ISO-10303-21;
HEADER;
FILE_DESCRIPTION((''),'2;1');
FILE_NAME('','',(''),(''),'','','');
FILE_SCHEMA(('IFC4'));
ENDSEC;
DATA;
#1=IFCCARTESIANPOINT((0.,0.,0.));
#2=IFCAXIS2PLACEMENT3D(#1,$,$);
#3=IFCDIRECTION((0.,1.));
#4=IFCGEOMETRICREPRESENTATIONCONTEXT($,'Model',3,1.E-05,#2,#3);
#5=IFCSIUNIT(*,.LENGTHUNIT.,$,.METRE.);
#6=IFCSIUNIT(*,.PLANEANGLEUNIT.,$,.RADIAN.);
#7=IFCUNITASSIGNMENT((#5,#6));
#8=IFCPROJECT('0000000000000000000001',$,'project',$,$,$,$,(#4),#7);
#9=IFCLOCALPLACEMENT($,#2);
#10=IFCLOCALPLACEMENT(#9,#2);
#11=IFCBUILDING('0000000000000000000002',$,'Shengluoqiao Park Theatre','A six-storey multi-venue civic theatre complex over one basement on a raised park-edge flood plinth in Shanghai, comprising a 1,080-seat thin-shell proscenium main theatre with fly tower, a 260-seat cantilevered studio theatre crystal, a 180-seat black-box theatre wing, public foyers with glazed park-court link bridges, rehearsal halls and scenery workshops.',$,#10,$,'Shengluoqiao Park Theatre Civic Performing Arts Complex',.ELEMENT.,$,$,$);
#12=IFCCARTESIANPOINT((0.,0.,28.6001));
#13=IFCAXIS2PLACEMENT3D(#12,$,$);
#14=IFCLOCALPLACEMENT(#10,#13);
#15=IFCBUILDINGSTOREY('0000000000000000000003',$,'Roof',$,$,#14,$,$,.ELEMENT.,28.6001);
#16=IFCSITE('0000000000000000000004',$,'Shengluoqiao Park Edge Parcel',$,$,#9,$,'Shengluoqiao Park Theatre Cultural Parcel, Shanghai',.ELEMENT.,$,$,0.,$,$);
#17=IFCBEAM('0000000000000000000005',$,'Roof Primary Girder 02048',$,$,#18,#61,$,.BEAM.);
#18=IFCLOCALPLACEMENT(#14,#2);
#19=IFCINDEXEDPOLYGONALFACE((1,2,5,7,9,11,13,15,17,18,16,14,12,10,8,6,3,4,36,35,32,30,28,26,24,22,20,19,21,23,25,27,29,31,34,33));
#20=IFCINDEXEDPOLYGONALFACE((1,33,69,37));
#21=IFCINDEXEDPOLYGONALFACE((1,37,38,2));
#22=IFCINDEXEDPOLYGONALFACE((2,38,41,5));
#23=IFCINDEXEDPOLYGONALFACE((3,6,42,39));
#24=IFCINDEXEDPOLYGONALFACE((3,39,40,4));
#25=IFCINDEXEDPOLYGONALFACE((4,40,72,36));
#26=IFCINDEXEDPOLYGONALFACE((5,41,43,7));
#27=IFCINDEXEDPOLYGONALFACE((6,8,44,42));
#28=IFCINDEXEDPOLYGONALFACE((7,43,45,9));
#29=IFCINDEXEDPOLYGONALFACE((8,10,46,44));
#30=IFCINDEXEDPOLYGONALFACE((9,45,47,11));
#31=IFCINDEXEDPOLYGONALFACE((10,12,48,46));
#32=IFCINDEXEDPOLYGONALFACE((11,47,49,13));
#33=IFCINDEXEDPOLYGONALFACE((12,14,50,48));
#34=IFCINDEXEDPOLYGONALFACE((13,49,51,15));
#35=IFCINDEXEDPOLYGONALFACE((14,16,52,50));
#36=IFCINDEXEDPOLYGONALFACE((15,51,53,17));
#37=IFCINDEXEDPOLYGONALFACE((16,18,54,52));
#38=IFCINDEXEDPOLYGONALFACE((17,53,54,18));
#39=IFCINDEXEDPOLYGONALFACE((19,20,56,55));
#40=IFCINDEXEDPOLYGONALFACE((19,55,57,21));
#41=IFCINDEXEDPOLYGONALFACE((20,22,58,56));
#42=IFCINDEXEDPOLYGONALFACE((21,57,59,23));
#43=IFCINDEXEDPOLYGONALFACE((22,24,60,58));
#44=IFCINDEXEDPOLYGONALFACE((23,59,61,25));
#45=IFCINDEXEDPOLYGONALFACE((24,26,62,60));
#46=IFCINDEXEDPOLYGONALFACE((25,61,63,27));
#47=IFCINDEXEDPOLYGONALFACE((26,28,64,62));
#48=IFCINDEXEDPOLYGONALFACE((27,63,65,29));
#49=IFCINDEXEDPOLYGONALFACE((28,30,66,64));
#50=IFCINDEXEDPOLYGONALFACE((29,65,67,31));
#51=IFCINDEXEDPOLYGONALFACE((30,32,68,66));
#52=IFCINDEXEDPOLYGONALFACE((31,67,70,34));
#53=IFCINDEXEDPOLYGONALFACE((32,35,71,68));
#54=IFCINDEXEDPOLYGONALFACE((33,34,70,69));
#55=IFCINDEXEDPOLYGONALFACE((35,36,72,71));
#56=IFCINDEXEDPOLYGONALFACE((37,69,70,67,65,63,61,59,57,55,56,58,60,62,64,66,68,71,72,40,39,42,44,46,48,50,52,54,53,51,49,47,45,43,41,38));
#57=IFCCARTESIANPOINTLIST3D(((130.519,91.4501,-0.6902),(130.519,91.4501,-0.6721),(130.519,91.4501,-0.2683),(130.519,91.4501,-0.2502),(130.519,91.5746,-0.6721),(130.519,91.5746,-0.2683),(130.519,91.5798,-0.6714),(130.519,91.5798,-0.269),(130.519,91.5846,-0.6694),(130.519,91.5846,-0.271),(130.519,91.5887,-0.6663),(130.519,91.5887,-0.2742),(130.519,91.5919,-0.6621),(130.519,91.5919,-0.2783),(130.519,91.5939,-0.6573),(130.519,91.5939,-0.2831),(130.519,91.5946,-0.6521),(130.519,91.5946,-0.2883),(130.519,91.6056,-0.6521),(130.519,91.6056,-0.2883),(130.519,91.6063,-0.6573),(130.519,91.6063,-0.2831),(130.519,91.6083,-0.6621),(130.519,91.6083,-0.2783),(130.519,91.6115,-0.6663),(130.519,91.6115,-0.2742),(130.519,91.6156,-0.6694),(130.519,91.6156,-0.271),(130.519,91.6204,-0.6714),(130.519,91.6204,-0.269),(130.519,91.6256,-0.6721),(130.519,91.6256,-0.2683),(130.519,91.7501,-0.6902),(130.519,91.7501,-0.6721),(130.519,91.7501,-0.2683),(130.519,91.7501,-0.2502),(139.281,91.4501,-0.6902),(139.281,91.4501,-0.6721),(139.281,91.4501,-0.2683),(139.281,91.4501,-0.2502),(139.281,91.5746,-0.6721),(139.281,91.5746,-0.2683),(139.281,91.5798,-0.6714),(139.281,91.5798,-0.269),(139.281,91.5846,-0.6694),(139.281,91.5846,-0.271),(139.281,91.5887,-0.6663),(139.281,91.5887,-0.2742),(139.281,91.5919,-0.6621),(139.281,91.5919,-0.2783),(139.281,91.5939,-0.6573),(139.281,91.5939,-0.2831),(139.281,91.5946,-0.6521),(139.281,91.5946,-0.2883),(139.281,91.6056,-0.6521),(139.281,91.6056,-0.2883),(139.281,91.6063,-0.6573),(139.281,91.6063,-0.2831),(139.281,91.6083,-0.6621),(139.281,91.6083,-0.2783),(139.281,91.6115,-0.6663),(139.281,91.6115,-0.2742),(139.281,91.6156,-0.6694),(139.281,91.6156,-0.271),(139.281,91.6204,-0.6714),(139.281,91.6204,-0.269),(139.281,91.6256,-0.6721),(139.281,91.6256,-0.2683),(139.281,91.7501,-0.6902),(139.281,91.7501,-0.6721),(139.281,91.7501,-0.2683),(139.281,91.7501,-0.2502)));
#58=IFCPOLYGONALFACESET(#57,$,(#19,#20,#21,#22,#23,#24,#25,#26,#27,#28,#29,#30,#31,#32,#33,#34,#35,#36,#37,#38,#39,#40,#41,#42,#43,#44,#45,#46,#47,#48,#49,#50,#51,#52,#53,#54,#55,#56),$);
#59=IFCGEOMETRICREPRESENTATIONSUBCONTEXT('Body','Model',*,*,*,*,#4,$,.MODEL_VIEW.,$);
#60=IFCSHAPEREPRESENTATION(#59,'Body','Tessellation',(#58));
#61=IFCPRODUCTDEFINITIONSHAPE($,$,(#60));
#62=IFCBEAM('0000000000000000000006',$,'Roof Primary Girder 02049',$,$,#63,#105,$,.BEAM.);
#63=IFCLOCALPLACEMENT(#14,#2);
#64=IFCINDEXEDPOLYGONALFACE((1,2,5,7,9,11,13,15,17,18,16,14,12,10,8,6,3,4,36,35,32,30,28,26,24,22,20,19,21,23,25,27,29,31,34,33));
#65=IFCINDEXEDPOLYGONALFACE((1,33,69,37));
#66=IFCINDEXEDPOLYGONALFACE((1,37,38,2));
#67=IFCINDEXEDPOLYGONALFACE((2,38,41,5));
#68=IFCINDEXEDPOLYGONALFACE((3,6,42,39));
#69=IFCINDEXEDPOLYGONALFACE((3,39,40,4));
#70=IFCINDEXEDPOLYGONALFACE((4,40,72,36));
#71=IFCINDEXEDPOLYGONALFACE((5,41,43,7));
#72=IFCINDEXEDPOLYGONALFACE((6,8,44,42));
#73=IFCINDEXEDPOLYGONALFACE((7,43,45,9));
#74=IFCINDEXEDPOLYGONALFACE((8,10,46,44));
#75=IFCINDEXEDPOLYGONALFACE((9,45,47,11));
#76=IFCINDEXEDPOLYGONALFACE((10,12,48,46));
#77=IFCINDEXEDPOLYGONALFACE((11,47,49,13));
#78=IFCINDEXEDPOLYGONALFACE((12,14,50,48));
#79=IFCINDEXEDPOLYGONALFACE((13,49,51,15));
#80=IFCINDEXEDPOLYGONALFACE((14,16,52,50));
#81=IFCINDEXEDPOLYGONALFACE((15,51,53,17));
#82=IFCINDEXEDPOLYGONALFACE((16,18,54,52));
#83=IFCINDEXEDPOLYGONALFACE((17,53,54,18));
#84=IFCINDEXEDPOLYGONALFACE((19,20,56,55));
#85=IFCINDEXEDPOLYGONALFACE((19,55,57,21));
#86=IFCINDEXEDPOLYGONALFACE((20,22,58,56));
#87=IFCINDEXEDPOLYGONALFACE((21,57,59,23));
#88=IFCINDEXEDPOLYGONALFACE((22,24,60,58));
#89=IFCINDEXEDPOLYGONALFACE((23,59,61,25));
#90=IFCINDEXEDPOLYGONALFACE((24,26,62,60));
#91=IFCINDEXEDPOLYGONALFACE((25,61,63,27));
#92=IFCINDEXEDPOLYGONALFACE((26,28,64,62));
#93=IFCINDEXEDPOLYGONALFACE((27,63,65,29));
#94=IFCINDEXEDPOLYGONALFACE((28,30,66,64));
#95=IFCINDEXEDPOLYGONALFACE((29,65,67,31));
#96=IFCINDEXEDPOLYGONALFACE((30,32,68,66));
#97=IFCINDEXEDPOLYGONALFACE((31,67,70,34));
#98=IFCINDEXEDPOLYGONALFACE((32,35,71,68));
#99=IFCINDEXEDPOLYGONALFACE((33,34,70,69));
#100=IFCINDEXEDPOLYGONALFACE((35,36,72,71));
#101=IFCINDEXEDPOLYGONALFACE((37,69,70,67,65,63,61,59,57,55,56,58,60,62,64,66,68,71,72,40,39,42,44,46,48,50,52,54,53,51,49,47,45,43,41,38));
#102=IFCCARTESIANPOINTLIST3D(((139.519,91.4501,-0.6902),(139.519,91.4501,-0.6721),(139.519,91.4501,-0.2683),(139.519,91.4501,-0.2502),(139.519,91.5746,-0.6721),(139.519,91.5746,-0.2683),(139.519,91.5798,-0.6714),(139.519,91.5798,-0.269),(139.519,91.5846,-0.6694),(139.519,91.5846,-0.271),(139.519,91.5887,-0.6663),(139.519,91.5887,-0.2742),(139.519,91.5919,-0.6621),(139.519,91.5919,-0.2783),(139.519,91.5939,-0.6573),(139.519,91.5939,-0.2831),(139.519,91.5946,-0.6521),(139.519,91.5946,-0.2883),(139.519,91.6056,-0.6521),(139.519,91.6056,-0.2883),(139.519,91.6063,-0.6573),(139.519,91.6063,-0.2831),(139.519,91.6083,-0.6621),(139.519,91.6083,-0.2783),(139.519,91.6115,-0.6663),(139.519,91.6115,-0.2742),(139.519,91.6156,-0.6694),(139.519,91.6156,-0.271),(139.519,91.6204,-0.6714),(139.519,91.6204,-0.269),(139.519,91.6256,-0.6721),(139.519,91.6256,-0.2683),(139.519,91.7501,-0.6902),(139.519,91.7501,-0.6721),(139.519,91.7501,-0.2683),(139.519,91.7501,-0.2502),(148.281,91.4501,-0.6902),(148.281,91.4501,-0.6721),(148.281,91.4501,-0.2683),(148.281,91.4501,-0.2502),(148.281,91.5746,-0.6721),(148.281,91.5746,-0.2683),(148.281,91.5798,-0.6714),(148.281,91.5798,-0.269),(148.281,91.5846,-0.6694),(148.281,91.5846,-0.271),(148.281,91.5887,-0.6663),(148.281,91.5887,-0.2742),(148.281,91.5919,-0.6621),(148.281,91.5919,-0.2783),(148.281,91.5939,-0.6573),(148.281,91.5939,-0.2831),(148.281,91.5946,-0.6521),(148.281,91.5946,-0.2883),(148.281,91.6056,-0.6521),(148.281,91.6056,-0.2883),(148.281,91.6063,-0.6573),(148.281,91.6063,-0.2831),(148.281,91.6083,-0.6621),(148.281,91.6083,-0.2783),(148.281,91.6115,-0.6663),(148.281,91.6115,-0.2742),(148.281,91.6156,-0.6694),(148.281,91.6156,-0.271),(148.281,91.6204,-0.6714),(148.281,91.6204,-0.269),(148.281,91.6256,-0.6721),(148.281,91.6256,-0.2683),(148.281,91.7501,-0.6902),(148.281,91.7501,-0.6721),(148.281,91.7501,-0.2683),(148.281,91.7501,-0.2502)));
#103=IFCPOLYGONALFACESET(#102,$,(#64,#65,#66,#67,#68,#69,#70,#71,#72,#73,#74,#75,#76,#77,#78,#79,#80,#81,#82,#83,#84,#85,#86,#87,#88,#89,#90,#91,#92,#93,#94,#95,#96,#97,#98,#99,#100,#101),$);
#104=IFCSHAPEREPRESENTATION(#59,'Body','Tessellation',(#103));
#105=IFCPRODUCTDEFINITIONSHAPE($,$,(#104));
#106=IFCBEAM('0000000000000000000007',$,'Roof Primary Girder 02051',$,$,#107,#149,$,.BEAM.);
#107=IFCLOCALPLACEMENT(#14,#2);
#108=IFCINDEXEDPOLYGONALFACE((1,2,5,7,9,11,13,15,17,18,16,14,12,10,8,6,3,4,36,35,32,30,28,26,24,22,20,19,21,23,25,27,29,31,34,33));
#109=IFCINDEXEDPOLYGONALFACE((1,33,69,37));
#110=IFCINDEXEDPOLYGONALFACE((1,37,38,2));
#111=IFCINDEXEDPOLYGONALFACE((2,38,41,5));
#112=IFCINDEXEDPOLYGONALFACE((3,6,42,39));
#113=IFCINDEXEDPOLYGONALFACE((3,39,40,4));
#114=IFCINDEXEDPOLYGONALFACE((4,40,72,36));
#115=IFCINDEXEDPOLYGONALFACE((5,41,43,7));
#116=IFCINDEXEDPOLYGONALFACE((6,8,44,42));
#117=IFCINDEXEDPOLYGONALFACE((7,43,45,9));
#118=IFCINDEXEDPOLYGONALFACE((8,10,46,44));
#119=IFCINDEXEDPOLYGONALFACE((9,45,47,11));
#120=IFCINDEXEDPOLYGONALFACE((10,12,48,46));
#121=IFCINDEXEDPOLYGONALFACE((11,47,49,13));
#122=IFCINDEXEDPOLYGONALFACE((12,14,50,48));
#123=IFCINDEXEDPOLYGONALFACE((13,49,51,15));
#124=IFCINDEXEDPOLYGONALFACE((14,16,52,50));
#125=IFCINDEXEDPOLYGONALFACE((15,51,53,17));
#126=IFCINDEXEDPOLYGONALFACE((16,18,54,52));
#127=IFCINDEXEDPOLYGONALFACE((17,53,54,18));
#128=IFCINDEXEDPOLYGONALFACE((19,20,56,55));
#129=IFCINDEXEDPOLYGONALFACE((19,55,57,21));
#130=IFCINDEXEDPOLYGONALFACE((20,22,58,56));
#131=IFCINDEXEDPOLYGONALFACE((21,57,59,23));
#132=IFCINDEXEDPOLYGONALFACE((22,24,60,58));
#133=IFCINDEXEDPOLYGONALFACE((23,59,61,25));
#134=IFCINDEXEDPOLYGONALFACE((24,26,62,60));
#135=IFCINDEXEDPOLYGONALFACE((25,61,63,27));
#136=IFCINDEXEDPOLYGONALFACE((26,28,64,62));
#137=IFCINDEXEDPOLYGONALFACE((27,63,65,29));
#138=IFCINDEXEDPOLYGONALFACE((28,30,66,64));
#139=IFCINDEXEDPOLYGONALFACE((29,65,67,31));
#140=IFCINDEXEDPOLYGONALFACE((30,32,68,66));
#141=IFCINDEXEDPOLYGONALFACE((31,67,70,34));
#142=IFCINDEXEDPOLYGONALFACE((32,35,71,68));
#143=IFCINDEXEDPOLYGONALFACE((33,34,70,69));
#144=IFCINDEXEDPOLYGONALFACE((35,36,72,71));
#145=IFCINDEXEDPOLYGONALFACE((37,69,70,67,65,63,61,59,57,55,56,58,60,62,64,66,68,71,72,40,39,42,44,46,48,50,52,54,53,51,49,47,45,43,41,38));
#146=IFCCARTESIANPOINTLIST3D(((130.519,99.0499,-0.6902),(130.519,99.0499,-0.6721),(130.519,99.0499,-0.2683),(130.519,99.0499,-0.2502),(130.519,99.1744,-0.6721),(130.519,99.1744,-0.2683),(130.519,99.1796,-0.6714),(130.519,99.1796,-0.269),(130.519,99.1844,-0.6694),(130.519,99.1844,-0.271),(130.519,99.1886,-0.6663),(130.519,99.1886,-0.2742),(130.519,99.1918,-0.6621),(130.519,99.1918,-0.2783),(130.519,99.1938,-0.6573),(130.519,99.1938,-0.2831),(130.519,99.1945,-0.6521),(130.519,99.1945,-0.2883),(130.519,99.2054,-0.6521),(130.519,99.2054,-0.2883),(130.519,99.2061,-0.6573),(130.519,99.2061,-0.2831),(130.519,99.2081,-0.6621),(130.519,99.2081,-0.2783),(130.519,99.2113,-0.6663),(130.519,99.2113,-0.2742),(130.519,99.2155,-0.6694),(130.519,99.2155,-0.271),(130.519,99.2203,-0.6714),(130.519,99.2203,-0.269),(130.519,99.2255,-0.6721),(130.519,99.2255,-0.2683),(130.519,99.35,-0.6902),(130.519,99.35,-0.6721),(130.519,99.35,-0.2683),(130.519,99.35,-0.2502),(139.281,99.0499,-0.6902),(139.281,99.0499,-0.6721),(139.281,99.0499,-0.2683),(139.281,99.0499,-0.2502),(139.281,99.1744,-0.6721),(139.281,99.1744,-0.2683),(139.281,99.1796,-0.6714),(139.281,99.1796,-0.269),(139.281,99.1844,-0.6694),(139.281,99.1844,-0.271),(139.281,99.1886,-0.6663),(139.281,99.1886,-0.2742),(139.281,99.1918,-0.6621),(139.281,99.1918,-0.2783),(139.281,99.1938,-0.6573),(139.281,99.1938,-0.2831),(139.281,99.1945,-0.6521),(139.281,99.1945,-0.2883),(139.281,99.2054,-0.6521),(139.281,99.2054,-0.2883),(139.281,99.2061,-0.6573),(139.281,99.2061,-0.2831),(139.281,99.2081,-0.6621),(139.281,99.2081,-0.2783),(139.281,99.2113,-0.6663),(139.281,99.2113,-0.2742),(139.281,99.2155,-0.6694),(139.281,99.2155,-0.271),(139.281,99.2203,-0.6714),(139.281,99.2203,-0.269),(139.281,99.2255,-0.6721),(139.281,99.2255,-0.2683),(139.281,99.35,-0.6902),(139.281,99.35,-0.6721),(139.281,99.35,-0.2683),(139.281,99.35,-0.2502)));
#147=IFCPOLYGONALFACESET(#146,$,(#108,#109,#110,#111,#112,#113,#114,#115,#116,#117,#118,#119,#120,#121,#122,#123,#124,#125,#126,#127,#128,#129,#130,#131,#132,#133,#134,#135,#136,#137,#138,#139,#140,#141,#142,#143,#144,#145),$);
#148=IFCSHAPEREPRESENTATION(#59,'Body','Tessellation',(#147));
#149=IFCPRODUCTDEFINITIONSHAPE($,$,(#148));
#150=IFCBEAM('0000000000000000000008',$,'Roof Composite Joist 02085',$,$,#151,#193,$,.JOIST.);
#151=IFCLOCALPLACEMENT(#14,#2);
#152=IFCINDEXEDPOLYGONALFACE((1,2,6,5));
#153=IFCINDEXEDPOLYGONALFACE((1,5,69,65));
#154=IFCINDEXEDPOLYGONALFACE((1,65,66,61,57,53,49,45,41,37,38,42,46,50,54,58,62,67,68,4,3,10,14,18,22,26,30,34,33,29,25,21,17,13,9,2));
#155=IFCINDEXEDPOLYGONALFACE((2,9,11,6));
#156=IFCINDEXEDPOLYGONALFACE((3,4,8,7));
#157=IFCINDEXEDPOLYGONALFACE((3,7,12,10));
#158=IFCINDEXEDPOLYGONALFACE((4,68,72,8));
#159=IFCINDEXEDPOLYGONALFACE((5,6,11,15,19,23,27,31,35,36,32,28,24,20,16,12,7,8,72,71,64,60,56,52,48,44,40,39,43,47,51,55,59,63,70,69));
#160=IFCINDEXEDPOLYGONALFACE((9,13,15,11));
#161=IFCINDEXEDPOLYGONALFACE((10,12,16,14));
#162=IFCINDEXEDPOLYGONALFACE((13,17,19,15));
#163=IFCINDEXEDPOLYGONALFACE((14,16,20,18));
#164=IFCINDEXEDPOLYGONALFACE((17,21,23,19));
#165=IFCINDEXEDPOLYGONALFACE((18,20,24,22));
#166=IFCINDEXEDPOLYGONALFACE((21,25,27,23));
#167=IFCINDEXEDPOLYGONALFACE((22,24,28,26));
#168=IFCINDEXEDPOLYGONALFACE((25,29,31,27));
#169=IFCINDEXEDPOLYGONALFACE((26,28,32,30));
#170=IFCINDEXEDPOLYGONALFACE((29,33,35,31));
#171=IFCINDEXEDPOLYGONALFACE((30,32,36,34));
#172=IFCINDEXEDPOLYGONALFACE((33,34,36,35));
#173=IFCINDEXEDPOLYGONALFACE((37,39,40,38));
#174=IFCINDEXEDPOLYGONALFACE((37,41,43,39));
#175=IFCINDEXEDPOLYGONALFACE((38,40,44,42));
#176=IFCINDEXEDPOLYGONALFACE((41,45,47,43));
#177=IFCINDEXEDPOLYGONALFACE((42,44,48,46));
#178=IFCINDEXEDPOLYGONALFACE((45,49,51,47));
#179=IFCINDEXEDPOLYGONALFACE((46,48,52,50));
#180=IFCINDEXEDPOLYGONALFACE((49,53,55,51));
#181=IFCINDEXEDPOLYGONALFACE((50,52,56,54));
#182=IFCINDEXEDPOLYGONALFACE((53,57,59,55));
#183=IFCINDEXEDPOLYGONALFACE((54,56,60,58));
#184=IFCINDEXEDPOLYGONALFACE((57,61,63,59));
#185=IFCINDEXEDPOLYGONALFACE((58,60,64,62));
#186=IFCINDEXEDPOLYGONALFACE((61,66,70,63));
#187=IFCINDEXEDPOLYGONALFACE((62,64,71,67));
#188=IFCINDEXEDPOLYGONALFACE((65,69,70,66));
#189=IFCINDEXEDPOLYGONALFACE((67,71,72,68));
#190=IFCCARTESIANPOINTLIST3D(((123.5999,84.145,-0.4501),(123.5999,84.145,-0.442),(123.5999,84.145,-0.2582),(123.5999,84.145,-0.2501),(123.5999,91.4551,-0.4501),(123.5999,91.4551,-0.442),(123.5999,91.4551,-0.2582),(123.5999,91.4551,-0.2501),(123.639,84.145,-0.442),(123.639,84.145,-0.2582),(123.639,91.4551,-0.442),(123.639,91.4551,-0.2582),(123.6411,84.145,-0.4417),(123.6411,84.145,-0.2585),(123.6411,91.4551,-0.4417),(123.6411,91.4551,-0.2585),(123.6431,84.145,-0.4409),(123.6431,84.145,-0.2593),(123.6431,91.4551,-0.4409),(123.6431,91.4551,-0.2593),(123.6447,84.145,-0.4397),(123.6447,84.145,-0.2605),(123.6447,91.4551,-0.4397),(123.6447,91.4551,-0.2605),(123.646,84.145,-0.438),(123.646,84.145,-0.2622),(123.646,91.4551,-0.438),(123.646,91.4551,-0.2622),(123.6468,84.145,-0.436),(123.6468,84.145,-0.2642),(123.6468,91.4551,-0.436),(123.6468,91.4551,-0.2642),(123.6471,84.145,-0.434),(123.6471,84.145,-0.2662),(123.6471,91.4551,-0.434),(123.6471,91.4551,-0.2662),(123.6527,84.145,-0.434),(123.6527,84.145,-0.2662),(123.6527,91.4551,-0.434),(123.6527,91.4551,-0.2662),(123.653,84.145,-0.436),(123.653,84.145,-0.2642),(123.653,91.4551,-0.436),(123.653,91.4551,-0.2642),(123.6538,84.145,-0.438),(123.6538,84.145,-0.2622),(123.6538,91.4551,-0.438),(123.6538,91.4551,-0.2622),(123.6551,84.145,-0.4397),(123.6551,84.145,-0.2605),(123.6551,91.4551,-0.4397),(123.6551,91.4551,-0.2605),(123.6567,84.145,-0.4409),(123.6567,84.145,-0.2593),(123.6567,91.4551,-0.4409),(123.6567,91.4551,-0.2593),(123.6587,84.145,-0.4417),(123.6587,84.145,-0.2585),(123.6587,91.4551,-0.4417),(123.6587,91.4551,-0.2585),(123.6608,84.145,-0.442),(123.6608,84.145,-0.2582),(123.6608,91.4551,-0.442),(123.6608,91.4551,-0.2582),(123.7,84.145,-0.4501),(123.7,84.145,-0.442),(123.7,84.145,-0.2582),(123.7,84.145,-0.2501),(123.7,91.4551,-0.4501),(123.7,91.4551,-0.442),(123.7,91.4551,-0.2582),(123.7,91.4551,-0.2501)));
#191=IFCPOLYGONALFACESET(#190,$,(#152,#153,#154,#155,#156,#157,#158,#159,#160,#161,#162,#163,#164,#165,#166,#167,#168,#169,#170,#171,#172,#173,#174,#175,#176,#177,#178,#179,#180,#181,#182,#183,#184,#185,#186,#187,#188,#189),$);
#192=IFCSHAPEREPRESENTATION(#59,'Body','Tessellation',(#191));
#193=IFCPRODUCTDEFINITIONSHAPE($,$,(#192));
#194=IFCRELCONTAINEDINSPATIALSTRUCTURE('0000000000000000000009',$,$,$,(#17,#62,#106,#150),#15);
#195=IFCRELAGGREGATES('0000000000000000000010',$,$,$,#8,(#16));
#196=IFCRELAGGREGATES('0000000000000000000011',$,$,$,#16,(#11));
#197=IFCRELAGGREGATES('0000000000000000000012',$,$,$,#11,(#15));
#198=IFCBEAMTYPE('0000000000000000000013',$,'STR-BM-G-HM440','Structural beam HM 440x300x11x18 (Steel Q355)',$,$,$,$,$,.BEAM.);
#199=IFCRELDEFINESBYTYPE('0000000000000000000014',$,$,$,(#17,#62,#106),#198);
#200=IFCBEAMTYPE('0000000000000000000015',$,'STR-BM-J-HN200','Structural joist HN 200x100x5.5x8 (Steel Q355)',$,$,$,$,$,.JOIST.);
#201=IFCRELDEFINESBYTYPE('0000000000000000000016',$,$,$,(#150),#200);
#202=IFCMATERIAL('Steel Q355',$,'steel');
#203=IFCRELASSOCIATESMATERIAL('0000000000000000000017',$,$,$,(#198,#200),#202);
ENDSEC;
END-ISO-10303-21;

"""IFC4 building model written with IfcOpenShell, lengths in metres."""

from ifc_helpers import new_model, si_unit, direction, frame, origin, origin_2d, place, context, subcontext, project, spatial, i_section, extrude, material, material_profile, profile_set, type_object, element, save


model = new_model("IFC4")

# Units and contexts
model_context = context("Model", 3, precision=1e-05, world=origin(), true_north=direction((0.0, 1.0)))
body_context = subcontext(model_context, "Body", "Model", "MODEL_VIEW")
ifc_project = project(units=[si_unit("LENGTHUNIT", "METRE"), si_unit("PLANEANGLEUNIT", "RADIAN")], contexts=[model_context])

# Site, building, storey
site_placement = place(None, origin())
site = spatial("IfcSite", under=ifc_project, at=site_placement, Name="Shengluoqiao Park Edge Parcel", LongName="Shengluoqiao Park Theatre Cultural Parcel, Shanghai", CompositionType="ELEMENT", RefElevation=0.0)
building_placement = place(site_placement, origin())
building = spatial("IfcBuilding", under=site, at=building_placement, Name="Shengluoqiao Park Theatre", Description="A six-storey multi-venue civic theatre complex over one basement on a raised park-edge flood plinth in Shanghai, comprising a 1,080-seat thin-shell proscenium main theatre with fly tower, a 260-seat cantilevered studio theatre crystal, a 180-seat black-box theatre wing, public foyers with glazed park-court link bridges, rehearsal halls and scenery workshops.", LongName="Shengluoqiao Park Theatre Civic Performing Arts Complex", CompositionType="ELEMENT")
storey_placement = place(building_placement, frame((0.0, 0.0, 28.6001)))
storey = spatial("IfcBuildingStorey", under=building, at=storey_placement, Name="Roof", CompositionType="ELEMENT", Elevation=28.6001)

# Beams
ifc_material_1 = material(Name="Steel Q355", Category="steel")
ifc_material_profile_1 = material_profile(ifc_material_1, i_section(OverallWidth=0.3, OverallDepth=0.4399, WebThickness=0.011, FlangeThickness=0.0181, FilletRadius=0.02, at=origin_2d()), Name="HM 440x300x11x18")
ifc_profile_set_1 = profile_set([ifc_material_profile_1], Name="Steel Q355")
beam_type_1 = type_object("IfcBeamType", Name="STR-BM-G-HM440", Description="Structural beam HM 440x300x11x18 (Steel Q355)", PredefinedType="BEAM", material=ifc_profile_set_1)
for number, where, z_axis, x_axis, name in (
    (1, (130.519, 91.6001, -0.4702), (1.0, 0.0, 0.0), (0.0, 1.0, 0.0), "Roof Primary Girder 02048"),
    (2, (139.519, 91.6001, -0.4702), (1.0, 0.0, 0.0), (0.0, 1.0, 0.0), "Roof Primary Girder 02049"),
    (3, (130.519, 99.2, -0.4702), (1.0, 0.0, 0.0), (0.0, 1.0, 0.0), "Roof Primary Girder 02051"),
):
    element("IfcBeam", number, at=place(storey_placement, frame(where, z_axis=z_axis, x_axis=x_axis)), inside=storey, type_object=beam_type_1, Name=name, PredefinedType="BEAM", context=body_context, shape_type="SweptSolid", body=[
        extrude(i_section(OverallWidth=0.3, OverallDepth=0.4399, WebThickness=0.011, FlangeThickness=0.0181, FilletRadius=0.02, at=origin_2d()), origin(), (0.0, 0.0, 1.0), 8.762),
    ])
ifc_material_profile_2 = material_profile(ifc_material_1, i_section(OverallWidth=0.1001, OverallDepth=0.2, WebThickness=0.0056, FlangeThickness=0.0081, FilletRadius=0.0081, at=origin_2d()), Name="HN 200x100x5.5x8")
ifc_profile_set_2 = profile_set([ifc_material_profile_2], Name="Steel Q355")
beam_type_2 = type_object("IfcBeamType", Name="STR-BM-J-HN200", Description="Structural joist HN 200x100x5.5x8 (Steel Q355)", PredefinedType="JOIST", material=ifc_profile_set_2)
for number, where, z_axis, x_axis, name in (
    (4, (123.6499, 84.145, -0.3501), (0.0, 1.0, 0.0), (-1.0, 0.0, 0.0), "Roof Composite Joist 02085"),
):
    element("IfcBeam", number, at=place(storey_placement, frame(where, z_axis=z_axis, x_axis=x_axis)), inside=storey, type_object=beam_type_2, Name=name, PredefinedType="JOIST", context=body_context, shape_type="SweptSolid", body=[
        extrude(i_section(OverallWidth=0.1001, OverallDepth=0.2, WebThickness=0.0056, FlangeThickness=0.0081, FilletRadius=0.0081, at=origin_2d()), origin(), (0.0, 0.0, 1.0), 7.3101),
    ])

save(model, "model.ifc")
